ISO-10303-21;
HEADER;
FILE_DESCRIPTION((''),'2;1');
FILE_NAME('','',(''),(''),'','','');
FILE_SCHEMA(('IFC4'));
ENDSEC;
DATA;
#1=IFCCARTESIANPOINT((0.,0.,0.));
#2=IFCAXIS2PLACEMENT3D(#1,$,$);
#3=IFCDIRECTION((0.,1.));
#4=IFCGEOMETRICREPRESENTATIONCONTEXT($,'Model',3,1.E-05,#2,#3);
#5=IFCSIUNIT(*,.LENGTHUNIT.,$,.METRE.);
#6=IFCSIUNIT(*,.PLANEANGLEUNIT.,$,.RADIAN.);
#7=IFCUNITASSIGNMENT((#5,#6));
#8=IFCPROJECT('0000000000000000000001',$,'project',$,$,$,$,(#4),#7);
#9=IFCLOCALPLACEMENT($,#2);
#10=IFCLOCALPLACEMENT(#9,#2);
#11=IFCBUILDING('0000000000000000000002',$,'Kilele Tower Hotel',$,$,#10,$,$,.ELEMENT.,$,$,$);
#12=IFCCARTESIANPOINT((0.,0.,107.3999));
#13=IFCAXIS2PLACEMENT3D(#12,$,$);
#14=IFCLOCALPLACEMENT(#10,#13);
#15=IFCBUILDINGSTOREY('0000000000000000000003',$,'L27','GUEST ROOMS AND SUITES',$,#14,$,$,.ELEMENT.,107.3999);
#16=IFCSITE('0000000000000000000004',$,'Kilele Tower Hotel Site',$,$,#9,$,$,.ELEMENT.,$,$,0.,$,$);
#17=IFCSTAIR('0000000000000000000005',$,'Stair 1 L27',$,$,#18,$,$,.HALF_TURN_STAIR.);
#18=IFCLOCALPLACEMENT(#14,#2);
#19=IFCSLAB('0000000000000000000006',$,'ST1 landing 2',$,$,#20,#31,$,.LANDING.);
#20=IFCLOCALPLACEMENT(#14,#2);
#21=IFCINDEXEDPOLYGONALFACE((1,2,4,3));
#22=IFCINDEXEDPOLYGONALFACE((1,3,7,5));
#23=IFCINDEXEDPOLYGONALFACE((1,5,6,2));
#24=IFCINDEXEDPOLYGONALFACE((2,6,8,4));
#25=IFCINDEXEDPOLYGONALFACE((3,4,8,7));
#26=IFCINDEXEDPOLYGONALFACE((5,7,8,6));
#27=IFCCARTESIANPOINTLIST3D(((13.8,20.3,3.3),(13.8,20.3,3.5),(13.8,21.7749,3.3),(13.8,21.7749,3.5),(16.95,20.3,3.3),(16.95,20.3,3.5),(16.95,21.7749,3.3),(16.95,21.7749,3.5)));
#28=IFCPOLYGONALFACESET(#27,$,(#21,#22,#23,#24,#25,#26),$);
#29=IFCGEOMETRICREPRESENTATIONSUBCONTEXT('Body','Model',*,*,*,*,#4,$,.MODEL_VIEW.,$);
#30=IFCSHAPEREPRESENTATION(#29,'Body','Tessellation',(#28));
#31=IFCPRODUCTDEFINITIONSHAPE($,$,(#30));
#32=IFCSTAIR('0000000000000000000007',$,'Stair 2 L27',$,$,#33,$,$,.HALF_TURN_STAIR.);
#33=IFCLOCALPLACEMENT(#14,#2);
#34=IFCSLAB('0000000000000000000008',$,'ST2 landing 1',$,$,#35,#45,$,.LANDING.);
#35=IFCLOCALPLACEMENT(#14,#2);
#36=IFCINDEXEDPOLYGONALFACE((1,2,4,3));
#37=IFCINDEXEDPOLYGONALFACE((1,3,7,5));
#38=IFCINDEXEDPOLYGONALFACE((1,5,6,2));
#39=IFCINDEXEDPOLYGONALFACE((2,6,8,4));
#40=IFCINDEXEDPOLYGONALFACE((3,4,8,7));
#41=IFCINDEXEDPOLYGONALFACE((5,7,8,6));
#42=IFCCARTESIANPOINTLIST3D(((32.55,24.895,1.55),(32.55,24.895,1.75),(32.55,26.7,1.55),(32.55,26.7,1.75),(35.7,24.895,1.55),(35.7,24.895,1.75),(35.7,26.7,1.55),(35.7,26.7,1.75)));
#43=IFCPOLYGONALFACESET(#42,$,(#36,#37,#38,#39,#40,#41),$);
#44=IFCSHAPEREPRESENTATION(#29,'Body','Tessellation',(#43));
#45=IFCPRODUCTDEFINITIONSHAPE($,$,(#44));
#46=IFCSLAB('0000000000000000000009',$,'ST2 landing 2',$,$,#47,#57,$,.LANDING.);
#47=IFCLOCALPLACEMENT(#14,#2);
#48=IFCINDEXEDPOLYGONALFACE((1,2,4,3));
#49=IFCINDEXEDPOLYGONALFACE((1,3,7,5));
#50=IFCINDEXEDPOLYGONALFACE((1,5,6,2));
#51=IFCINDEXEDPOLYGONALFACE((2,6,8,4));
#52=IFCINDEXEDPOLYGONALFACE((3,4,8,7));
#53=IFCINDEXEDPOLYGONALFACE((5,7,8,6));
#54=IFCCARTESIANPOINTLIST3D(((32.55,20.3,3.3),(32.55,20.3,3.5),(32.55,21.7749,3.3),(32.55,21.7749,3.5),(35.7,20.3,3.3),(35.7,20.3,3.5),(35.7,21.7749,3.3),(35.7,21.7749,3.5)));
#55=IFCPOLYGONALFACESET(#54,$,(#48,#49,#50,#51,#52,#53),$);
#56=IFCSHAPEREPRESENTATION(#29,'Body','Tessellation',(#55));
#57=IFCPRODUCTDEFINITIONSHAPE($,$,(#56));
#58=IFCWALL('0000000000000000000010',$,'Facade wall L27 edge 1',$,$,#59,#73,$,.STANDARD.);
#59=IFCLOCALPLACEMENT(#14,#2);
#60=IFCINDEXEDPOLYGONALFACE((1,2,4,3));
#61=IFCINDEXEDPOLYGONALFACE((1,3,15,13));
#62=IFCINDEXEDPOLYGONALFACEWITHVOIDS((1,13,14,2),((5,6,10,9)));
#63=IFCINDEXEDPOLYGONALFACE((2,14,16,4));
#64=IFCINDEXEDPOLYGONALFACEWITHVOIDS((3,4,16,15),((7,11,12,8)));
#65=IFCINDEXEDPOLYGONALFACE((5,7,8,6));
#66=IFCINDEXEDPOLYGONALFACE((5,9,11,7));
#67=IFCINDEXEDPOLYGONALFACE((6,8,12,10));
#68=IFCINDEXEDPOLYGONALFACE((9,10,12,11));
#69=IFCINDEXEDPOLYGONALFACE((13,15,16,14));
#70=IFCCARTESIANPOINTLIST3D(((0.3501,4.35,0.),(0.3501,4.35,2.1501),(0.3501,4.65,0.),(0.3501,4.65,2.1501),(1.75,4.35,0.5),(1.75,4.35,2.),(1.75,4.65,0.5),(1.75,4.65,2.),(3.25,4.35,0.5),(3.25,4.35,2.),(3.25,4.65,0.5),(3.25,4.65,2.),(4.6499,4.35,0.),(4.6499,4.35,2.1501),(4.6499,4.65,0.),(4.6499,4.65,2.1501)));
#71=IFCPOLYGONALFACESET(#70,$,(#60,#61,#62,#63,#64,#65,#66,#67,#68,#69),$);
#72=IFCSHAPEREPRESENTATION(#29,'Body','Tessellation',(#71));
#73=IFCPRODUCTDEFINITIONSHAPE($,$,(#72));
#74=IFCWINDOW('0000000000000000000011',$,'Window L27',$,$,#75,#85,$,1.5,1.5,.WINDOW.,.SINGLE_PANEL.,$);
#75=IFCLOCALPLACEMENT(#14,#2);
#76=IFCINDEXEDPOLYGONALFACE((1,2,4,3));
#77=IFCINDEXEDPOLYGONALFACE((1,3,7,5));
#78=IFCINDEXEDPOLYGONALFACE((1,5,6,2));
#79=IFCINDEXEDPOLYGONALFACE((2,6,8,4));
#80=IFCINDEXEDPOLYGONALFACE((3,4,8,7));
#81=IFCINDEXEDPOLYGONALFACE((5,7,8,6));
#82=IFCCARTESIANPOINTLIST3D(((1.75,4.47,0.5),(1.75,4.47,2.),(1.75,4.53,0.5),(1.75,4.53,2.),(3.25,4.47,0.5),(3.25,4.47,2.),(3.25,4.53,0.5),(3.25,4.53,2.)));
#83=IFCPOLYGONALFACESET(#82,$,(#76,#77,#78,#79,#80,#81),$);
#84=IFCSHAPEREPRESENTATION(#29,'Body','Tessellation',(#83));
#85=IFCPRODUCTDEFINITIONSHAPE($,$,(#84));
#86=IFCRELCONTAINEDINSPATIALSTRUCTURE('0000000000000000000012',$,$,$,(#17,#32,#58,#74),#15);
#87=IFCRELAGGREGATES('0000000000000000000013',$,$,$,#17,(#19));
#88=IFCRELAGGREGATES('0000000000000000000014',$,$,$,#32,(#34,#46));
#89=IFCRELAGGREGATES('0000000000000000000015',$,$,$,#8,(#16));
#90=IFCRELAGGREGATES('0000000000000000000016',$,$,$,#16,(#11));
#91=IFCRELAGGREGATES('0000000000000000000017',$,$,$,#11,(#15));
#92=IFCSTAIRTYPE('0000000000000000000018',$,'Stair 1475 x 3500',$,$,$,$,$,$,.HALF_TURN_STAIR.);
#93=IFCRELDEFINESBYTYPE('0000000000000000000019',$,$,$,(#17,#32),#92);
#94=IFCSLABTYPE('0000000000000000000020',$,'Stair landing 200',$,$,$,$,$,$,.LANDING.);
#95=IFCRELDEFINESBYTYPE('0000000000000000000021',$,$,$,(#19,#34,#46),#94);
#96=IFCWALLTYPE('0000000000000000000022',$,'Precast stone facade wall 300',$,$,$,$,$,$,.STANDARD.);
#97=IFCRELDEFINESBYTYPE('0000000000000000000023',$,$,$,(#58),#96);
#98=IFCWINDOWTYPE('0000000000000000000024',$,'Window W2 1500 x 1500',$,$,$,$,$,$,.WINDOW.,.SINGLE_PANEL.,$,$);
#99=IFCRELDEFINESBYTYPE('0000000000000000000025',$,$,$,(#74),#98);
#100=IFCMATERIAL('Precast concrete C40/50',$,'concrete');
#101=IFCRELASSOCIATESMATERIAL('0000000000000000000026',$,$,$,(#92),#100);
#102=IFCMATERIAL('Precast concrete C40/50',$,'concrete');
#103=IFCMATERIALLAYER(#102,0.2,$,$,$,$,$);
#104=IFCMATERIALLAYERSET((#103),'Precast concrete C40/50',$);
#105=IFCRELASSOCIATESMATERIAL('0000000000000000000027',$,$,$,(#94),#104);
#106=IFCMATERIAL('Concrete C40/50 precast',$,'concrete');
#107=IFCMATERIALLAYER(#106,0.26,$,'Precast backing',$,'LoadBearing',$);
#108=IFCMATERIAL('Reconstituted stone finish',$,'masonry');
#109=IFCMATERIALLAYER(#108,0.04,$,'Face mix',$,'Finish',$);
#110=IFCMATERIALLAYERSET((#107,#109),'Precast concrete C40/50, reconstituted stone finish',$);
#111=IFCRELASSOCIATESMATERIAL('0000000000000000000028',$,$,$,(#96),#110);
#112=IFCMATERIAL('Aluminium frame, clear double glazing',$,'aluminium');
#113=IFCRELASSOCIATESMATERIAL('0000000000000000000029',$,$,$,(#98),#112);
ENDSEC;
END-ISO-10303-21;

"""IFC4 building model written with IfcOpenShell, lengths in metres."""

from ifc_helpers import new_model, si_unit, direction, frame, frame_2d, origin, place, context, subcontext, project, spatial, polyline, rectangle, outline, extrude, material, layer, layer_set, type_object, element, fill, aggregate, save


model = new_model("IFC4")

# Units and contexts
model_context = context("Model", 3, precision=1e-05, world=origin(), true_north=direction((0.0, 1.0)))
body_context = subcontext(model_context, "Body", "Model", "MODEL_VIEW")
ifc_project = project(units=[si_unit("LENGTHUNIT", "METRE"), si_unit("PLANEANGLEUNIT", "RADIAN")], contexts=[model_context])

# Site, building, storey
site_placement = place(None, origin())
site = spatial("IfcSite", under=ifc_project, at=site_placement, Name="Kilele Tower Hotel Site", CompositionType="ELEMENT", RefElevation=0.0)
building_placement = place(site_placement, origin())
building = spatial("IfcBuilding", under=site, at=building_placement, Name="Kilele Tower Hotel", CompositionType="ELEMENT")
storey_placement = place(building_placement, frame((0.0, 0.0, 107.3999)))
storey = spatial("IfcBuildingStorey", under=building, at=storey_placement, Name="L27", Description="GUEST ROOMS AND SUITES", CompositionType="ELEMENT", Elevation=107.3999)

# Stairs, slabs
ifc_material_1 = material(Name="Precast concrete C40/50", Category="concrete")
stair_type = type_object("IfcStairType", Name="Stair 1475 x 3500", PredefinedType="HALF_TURN_STAIR", material=ifc_material_1)
stair_1_placement = place(storey_placement, origin())
stair_1 = element("IfcStair", 1, at=stair_1_placement, inside=storey, type_object=stair_type, Name="Stair 1 L27", PredefinedType="HALF_TURN_STAIR")
ifc_material_2 = material(Name="Precast concrete C40/50", Category="concrete")
ifc_layer_1 = layer(ifc_material_2, 0.2)
ifc_layer_set_1 = layer_set([ifc_layer_1], Name="Precast concrete C40/50")
slab_type_1 = type_object("IfcSlabType", Name="Stair landing 200", PredefinedType="LANDING", material=ifc_layer_set_1)
slab_1_placement = place(storey_placement, frame((0.0, 0.0, 3.3)))
slab_1 = element("IfcSlab", 2, at=slab_1_placement, type_object=slab_type_1, Name="ST1 landing 2", PredefinedType="LANDING", context=body_context, shape_type="SweptSolid", body=[
    extrude(outline(polyline([(13.8, 20.3), (16.95, 20.3), (16.95, 21.7749), (13.8, 21.7749), (13.8, 20.3)])), origin(), (0.0, 0.0, 1.0), 0.2),
])
aggregate(stair_1, [slab_1])
stair_2_placement = place(storey_placement, origin())
stair_2 = element("IfcStair", 3, at=stair_2_placement, inside=storey, type_object=stair_type, Name="Stair 2 L27", PredefinedType="HALF_TURN_STAIR")
slab_2_placement = place(storey_placement, frame((0.0, 0.0, 1.55)))
slab_2 = element("IfcSlab", 4, at=slab_2_placement, type_object=slab_type_1, Name="ST2 landing 1", PredefinedType="LANDING", context=body_context, shape_type="SweptSolid", body=[
    extrude(outline(polyline([(32.55, 24.895), (35.7, 24.895), (35.7, 26.7), (32.55, 26.7), (32.55, 24.895)])), origin(), (0.0, 0.0, 1.0), 0.2),
])
slab_3_placement = place(storey_placement, frame((0.0, 0.0, 3.3)))
slab_3 = element("IfcSlab", 5, at=slab_3_placement, type_object=slab_type_1, Name="ST2 landing 2", PredefinedType="LANDING", context=body_context, shape_type="SweptSolid", body=[
    extrude(outline(polyline([(32.55, 20.3), (35.7, 20.3), (35.7, 21.7749), (32.55, 21.7749), (32.55, 20.3)])), origin(), (0.0, 0.0, 1.0), 0.2),
])
aggregate(stair_2, [slab_2, slab_3])

# Wall, opening, window
ifc_material_3 = material(Name="Concrete C40/50 precast", Category="concrete")
ifc_layer_2 = layer(ifc_material_3, 0.26, Name="Precast backing", Category="LoadBearing")
ifc_material_4 = material(Name="Reconstituted stone finish", Category="masonry")
ifc_layer_3 = layer(ifc_material_4, 0.04, Name="Face mix", Category="Finish")
ifc_layer_set_2 = layer_set([ifc_layer_2, ifc_layer_3], Name="Precast concrete C40/50, reconstituted stone finish")
wall_type = type_object("IfcWallType", Name="Precast stone facade wall 300", PredefinedType="STANDARD", material=ifc_layer_set_2)
wall_1_placement = place(storey_placement, frame((0.3501, 4.5, 0.0), z_axis=(0.0, 0.0, 1.0), x_axis=(1.0, 0.0, 0.0)))
wall_1 = element("IfcWall", 6, at=wall_1_placement, inside=storey, type_object=wall_type, Name="Facade wall L27 edge 1", PredefinedType="STANDARD", context=body_context, shape_type="SweptSolid", body=[
    extrude(rectangle(XDim=4.2998, YDim=0.3, at=frame_2d((2.1499, 0.0))), origin(), (0.0, 0.0, 1.0), 2.1501),
])
opening_1_placement = place(wall_1_placement, frame((1.3999, 0.0, 0.5)))
opening_1 = element("IfcOpeningElement", 7, at=opening_1_placement, cuts=wall_1, PredefinedType="OPENING", context=body_context, shape_type="SweptSolid", body=[
    extrude(rectangle(XDim=1.5, YDim=1.5, at=frame_2d((0.75, 0.75))), frame((0.0, 0.1599, 0.0), z_axis=(0.0, -1.0, 0.0), x_axis=(1.0, 0.0, 0.0)), (0.0, 0.0, 1.0), 0.3201),
])
ifc_material_5 = material(Name="Aluminium frame, clear double glazing", Category="aluminium")
window_type = type_object("IfcWindowType", Name="Window W2 1500 x 1500", PartitioningType="SINGLE_PANEL", PredefinedType="WINDOW", material=ifc_material_5)
window_1_placement = place(opening_1_placement, origin())
window_1 = element("IfcWindow", 8, at=window_1_placement, inside=storey, type_object=window_type, Name="Window L27", OverallHeight=1.5, OverallWidth=1.5, PartitioningType="SINGLE_PANEL", PredefinedType="WINDOW", context=body_context, shape_type="SweptSolid", body=[
    extrude(rectangle(XDim=1.5, YDim=1.5, at=frame_2d((0.75, 0.75))), frame((0.0, 0.03, 0.0), z_axis=(0.0, -1.0, 0.0), x_axis=(1.0, 0.0, 0.0)), (0.0, 0.0, 1.0), 0.0601),
])
fill(opening_1, window_1)

save(model, "model.ifc")
